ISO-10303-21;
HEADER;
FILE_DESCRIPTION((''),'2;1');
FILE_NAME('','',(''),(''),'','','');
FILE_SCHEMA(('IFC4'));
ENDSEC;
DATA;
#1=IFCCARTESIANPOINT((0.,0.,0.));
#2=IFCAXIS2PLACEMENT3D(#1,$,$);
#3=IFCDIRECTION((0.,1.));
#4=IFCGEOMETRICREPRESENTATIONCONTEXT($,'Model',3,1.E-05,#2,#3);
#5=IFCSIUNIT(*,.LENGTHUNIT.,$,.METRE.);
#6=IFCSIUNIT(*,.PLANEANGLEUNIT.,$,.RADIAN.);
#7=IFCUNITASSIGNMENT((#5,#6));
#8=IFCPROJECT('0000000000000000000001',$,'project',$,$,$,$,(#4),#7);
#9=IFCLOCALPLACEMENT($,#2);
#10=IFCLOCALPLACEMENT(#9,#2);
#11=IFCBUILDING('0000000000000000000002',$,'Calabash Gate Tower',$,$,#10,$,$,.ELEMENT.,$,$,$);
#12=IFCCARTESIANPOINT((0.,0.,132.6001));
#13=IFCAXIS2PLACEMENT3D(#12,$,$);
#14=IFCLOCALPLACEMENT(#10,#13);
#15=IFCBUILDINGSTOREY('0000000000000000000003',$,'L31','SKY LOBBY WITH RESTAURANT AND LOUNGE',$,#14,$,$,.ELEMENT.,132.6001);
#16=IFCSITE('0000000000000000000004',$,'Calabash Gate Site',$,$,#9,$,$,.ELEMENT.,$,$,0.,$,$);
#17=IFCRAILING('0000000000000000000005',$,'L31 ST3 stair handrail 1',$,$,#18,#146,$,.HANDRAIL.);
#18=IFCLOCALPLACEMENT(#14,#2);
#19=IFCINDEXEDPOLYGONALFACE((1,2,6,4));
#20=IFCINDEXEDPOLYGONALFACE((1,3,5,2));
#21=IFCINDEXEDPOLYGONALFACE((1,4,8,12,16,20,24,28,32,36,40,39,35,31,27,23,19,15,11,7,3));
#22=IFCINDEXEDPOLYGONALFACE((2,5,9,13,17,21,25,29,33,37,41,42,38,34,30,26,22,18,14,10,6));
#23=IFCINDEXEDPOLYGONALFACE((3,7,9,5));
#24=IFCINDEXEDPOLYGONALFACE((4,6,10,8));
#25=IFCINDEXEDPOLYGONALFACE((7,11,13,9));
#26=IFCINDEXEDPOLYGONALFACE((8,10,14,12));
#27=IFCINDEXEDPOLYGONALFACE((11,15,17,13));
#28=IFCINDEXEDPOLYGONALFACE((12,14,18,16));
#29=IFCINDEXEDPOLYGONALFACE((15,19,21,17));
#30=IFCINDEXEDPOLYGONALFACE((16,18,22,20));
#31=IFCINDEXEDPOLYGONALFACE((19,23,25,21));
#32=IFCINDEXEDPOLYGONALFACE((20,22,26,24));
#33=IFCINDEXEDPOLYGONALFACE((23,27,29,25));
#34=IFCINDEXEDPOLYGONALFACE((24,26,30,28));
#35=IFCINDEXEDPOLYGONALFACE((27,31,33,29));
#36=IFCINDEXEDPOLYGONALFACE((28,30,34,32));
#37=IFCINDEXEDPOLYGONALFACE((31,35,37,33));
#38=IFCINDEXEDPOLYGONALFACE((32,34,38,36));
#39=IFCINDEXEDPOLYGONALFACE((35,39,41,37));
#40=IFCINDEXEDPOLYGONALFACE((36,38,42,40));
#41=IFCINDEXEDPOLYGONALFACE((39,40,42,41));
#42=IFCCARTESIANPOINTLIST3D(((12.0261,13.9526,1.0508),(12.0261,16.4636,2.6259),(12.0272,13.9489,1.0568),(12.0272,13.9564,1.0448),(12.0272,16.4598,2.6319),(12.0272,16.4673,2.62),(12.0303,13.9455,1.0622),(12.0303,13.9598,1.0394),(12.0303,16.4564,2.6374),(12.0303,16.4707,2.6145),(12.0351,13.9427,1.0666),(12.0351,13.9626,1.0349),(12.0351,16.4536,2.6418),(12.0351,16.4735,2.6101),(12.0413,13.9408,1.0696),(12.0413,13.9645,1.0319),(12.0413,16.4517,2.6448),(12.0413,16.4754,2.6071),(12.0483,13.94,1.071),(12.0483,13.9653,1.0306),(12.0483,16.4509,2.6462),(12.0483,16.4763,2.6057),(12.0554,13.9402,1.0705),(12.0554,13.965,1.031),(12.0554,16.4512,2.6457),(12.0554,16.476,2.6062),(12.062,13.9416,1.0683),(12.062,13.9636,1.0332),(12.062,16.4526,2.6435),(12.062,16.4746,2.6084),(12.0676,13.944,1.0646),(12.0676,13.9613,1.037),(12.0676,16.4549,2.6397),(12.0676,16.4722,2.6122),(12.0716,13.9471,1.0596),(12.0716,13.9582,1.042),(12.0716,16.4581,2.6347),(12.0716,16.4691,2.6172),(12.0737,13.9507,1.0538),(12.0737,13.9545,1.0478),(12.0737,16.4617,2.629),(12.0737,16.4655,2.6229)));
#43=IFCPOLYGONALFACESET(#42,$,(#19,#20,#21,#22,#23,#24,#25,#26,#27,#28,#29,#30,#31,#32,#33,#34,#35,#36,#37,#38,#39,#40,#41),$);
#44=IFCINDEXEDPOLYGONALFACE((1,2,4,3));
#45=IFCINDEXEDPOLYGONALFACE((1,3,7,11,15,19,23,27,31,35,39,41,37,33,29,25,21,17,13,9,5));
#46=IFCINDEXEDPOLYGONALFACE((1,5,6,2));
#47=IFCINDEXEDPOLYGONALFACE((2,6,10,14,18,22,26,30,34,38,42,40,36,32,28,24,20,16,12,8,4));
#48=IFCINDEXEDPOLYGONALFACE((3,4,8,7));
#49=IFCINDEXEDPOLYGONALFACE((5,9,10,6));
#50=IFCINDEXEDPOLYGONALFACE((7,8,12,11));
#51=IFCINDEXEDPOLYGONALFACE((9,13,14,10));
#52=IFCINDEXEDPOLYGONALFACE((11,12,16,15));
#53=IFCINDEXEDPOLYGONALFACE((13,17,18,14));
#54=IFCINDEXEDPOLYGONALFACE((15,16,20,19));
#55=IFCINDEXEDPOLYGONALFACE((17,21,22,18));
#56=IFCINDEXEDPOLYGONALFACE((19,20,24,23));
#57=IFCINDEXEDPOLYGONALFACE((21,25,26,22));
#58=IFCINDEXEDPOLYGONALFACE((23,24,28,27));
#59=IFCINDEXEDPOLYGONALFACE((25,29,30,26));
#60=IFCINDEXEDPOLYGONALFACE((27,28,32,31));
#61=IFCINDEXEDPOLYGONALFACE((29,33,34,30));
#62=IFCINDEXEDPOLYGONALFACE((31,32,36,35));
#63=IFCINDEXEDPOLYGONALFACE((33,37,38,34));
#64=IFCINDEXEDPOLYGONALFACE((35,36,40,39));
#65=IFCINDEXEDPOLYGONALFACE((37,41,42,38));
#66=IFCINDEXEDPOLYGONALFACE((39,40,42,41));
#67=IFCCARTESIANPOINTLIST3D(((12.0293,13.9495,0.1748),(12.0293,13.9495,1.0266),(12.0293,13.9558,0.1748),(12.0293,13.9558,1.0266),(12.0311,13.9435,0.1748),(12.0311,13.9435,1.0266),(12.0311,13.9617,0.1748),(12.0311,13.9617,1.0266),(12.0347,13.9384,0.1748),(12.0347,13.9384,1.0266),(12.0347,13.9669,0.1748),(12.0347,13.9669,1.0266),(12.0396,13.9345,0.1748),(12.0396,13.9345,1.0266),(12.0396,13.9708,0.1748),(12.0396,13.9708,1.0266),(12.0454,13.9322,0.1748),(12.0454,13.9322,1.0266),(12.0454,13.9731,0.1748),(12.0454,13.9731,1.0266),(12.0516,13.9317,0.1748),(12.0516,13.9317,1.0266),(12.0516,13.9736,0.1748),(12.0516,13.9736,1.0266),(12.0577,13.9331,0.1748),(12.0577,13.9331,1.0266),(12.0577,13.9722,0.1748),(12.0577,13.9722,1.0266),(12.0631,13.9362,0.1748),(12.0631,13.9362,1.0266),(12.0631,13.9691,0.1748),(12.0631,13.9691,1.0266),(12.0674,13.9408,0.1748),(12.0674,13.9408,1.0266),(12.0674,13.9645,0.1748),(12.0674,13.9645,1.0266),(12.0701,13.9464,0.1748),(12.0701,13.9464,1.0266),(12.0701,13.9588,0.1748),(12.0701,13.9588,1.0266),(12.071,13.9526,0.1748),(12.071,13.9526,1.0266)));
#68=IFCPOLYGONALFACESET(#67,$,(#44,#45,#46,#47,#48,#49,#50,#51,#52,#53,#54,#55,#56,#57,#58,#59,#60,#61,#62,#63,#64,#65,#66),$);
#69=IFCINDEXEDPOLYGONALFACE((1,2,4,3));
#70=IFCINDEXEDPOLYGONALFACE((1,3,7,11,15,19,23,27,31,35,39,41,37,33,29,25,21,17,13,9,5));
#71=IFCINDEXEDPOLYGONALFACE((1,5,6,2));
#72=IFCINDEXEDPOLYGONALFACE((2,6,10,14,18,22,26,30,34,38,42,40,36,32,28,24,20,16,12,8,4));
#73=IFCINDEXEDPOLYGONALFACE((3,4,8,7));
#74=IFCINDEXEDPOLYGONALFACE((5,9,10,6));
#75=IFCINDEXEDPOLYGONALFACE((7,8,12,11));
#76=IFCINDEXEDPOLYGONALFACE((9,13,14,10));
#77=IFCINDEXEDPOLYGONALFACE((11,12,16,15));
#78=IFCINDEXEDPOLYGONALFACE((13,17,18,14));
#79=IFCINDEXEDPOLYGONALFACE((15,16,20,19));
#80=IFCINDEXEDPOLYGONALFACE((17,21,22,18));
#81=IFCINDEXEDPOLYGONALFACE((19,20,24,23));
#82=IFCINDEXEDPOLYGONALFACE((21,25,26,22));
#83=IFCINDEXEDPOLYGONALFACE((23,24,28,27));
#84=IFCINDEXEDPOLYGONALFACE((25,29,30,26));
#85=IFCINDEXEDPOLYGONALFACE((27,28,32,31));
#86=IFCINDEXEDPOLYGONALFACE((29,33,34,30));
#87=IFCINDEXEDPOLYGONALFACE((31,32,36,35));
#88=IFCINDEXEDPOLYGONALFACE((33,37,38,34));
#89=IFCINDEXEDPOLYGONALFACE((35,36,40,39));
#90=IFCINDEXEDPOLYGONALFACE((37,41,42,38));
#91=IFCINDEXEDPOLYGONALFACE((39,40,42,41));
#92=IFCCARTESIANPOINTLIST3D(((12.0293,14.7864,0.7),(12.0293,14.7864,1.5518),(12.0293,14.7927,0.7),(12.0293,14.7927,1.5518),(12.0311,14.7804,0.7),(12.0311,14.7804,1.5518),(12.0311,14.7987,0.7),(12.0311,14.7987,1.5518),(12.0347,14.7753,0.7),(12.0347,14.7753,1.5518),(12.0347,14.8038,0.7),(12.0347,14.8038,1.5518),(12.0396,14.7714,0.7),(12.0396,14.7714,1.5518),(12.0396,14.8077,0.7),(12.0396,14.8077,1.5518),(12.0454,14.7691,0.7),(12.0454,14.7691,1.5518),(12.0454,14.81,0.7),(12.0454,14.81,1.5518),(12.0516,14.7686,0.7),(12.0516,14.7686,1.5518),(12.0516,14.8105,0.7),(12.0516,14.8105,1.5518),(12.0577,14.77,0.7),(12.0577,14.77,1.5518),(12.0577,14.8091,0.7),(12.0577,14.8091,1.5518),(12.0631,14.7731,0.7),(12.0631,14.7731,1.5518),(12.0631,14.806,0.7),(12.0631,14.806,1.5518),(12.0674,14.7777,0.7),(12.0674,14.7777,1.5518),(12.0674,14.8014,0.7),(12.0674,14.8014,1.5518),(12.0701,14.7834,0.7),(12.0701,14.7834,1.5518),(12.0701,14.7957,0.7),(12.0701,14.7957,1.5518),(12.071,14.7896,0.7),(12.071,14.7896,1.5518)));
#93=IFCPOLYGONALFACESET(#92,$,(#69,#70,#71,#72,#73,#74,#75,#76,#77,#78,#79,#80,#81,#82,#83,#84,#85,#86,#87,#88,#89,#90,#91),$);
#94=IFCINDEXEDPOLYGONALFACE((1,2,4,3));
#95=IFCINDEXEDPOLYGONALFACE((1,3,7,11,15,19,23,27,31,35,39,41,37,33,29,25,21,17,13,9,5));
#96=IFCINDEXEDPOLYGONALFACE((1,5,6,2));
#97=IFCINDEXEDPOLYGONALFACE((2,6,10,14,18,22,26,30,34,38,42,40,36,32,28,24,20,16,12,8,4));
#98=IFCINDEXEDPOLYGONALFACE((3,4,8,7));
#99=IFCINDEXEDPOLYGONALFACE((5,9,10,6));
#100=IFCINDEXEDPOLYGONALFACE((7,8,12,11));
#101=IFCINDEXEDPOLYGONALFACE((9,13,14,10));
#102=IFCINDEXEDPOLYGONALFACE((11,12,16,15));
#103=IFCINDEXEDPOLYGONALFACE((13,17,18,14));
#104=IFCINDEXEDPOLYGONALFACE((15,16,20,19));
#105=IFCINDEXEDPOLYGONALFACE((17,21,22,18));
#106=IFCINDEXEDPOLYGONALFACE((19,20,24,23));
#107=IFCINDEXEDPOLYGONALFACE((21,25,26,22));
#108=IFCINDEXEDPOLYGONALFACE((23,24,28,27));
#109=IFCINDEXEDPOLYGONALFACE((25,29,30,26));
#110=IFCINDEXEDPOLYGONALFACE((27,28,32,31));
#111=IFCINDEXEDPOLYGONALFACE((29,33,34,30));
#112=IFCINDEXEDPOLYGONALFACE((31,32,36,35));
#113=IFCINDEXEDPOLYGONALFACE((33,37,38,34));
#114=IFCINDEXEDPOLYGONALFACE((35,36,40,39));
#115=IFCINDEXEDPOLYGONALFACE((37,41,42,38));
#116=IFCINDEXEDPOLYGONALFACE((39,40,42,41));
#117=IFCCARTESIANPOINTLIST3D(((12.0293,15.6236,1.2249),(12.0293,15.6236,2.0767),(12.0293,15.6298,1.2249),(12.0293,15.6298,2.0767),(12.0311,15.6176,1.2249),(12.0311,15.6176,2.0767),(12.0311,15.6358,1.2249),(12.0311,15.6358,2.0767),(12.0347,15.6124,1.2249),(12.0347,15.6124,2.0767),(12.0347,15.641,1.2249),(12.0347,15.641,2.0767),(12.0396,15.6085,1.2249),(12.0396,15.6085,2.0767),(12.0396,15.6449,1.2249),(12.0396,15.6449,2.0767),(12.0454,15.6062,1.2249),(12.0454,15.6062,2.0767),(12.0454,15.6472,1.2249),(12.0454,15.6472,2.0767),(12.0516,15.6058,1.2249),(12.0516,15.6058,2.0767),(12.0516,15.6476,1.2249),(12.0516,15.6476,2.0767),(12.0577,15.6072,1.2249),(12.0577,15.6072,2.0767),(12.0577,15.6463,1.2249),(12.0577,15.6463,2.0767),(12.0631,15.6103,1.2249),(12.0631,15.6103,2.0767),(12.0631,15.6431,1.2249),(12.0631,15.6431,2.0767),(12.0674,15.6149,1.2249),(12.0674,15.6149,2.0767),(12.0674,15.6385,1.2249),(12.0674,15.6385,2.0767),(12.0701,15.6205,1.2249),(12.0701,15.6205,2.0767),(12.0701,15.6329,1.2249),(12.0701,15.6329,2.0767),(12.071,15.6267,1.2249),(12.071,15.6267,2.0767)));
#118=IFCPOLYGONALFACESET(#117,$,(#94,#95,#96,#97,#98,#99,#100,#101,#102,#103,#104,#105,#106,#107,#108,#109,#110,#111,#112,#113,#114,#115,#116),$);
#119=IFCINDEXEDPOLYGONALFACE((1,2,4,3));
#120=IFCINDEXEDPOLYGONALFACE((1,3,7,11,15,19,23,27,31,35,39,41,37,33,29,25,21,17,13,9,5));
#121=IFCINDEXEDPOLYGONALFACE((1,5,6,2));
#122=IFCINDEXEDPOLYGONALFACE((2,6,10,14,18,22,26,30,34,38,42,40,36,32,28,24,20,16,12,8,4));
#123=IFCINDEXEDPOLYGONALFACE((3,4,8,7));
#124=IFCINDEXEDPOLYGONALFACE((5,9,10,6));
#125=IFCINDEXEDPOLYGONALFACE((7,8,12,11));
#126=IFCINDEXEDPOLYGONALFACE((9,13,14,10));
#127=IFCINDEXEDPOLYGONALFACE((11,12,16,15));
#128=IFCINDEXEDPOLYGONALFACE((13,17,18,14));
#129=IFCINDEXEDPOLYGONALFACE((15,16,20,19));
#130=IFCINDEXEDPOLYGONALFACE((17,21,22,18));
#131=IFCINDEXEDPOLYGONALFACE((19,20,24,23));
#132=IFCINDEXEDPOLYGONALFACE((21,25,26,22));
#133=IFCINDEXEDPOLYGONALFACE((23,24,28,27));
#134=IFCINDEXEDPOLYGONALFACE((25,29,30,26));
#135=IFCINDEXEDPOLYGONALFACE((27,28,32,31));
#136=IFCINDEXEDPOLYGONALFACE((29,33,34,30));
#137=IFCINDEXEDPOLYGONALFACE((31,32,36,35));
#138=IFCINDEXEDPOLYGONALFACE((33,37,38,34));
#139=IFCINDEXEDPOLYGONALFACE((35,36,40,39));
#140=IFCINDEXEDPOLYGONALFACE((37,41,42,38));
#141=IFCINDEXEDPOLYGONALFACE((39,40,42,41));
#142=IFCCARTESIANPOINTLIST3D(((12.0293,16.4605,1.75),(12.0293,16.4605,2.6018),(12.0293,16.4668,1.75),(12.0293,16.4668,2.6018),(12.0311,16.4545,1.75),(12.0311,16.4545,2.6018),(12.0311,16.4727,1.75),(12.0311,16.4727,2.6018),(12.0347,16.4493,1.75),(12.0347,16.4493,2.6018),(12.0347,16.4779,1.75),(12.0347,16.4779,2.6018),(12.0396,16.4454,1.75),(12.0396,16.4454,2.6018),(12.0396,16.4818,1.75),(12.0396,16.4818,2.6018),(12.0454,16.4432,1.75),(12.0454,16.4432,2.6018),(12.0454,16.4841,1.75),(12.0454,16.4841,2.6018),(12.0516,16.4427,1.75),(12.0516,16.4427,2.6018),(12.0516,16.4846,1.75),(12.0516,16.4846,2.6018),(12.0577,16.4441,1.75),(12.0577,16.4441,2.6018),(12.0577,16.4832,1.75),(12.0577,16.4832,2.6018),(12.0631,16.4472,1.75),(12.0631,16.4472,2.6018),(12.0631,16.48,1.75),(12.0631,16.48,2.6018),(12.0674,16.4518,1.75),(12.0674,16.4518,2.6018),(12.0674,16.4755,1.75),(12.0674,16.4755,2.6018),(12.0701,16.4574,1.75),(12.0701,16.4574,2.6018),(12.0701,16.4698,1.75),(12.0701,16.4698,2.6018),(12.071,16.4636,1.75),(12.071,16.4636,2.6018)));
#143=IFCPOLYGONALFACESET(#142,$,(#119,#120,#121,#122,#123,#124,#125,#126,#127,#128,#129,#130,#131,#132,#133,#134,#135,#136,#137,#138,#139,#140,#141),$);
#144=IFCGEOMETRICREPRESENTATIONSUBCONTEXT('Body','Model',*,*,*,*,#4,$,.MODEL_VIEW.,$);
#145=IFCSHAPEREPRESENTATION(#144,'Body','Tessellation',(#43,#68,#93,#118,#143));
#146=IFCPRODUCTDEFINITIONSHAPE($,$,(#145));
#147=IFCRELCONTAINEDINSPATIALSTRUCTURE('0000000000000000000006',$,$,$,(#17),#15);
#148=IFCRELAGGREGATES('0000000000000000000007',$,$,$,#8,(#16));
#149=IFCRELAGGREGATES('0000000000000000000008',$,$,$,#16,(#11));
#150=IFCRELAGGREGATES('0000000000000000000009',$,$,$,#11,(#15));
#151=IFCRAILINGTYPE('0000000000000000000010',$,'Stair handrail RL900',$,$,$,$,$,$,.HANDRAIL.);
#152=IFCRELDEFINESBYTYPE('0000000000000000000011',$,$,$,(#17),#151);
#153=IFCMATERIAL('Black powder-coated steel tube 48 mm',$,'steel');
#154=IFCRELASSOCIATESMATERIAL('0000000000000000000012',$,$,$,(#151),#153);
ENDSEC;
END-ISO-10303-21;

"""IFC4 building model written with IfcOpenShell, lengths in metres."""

from ifc_helpers import new_model, si_unit, direction, frame, origin, origin_2d, place, context, subcontext, project, spatial, circle, extrude, material, type_object, element, save


model = new_model("IFC4")

# Units and contexts
model_context = context("Model", 3, precision=1e-05, world=origin(), true_north=direction((0.0, 1.0)))
body_context = subcontext(model_context, "Body", "Model", "MODEL_VIEW")
ifc_project = project(units=[si_unit("LENGTHUNIT", "METRE"), si_unit("PLANEANGLEUNIT", "RADIAN")], contexts=[model_context])

# Site, building, storey
site_placement = place(None, origin())
site = spatial("IfcSite", under=ifc_project, at=site_placement, Name="Calabash Gate Site", CompositionType="ELEMENT", RefElevation=0.0)
building_placement = place(site_placement, origin())
building = spatial("IfcBuilding", under=site, at=building_placement, Name="Calabash Gate Tower", CompositionType="ELEMENT")
storey_placement = place(building_placement, frame((0.0, 0.0, 132.6001)))
storey = spatial("IfcBuildingStorey", under=building, at=storey_placement, Name="L31", Description="SKY LOBBY WITH RESTAURANT AND LOUNGE", CompositionType="ELEMENT", Elevation=132.6001)

# Railing
ifc_material_1 = material(Name="Black powder-coated steel tube 48 mm", Category="steel")
railing_type_1 = type_object("IfcRailingType", Name="Stair handrail RL900", PredefinedType="HANDRAIL", material=ifc_material_1)
railing_1_placement = place(storey_placement, frame((12.05, 13.9526, 0.1748)))
element("IfcRailing", 1, at=railing_1_placement, inside=storey, type_object=railing_type_1, Name="L31 ST3 stair handrail 1", PredefinedType="HANDRAIL", context=body_context, shape_type="SweptSolid", body=[
    extrude(circle(Radius=0.0239, at=origin_2d()), frame((0.0, 0.0, 0.876), z_axis=(0.0, 0.847113, 0.531412), x_axis=(-1.0, 0.0, 0.0)), (0.0, 0.0, 1.0), 2.9641),
    extrude(circle(Radius=0.021, at=origin_2d()), origin(), (0.0, 0.0, 1.0), 0.8518),
    extrude(circle(Radius=0.021, at=origin_2d()), frame((0.0, 0.8369, 0.5251)), (0.0, 0.0, 1.0), 0.8518),
    extrude(circle(Radius=0.021, at=origin_2d()), frame((0.0, 1.6741, 1.05)), (0.0, 0.0, 1.0), 0.8518),
    extrude(circle(Radius=0.021, at=origin_2d()), frame((0.0, 2.511, 1.5752)), (0.0, 0.0, 1.0), 0.8518),
])

save(model, "model.ifc")
